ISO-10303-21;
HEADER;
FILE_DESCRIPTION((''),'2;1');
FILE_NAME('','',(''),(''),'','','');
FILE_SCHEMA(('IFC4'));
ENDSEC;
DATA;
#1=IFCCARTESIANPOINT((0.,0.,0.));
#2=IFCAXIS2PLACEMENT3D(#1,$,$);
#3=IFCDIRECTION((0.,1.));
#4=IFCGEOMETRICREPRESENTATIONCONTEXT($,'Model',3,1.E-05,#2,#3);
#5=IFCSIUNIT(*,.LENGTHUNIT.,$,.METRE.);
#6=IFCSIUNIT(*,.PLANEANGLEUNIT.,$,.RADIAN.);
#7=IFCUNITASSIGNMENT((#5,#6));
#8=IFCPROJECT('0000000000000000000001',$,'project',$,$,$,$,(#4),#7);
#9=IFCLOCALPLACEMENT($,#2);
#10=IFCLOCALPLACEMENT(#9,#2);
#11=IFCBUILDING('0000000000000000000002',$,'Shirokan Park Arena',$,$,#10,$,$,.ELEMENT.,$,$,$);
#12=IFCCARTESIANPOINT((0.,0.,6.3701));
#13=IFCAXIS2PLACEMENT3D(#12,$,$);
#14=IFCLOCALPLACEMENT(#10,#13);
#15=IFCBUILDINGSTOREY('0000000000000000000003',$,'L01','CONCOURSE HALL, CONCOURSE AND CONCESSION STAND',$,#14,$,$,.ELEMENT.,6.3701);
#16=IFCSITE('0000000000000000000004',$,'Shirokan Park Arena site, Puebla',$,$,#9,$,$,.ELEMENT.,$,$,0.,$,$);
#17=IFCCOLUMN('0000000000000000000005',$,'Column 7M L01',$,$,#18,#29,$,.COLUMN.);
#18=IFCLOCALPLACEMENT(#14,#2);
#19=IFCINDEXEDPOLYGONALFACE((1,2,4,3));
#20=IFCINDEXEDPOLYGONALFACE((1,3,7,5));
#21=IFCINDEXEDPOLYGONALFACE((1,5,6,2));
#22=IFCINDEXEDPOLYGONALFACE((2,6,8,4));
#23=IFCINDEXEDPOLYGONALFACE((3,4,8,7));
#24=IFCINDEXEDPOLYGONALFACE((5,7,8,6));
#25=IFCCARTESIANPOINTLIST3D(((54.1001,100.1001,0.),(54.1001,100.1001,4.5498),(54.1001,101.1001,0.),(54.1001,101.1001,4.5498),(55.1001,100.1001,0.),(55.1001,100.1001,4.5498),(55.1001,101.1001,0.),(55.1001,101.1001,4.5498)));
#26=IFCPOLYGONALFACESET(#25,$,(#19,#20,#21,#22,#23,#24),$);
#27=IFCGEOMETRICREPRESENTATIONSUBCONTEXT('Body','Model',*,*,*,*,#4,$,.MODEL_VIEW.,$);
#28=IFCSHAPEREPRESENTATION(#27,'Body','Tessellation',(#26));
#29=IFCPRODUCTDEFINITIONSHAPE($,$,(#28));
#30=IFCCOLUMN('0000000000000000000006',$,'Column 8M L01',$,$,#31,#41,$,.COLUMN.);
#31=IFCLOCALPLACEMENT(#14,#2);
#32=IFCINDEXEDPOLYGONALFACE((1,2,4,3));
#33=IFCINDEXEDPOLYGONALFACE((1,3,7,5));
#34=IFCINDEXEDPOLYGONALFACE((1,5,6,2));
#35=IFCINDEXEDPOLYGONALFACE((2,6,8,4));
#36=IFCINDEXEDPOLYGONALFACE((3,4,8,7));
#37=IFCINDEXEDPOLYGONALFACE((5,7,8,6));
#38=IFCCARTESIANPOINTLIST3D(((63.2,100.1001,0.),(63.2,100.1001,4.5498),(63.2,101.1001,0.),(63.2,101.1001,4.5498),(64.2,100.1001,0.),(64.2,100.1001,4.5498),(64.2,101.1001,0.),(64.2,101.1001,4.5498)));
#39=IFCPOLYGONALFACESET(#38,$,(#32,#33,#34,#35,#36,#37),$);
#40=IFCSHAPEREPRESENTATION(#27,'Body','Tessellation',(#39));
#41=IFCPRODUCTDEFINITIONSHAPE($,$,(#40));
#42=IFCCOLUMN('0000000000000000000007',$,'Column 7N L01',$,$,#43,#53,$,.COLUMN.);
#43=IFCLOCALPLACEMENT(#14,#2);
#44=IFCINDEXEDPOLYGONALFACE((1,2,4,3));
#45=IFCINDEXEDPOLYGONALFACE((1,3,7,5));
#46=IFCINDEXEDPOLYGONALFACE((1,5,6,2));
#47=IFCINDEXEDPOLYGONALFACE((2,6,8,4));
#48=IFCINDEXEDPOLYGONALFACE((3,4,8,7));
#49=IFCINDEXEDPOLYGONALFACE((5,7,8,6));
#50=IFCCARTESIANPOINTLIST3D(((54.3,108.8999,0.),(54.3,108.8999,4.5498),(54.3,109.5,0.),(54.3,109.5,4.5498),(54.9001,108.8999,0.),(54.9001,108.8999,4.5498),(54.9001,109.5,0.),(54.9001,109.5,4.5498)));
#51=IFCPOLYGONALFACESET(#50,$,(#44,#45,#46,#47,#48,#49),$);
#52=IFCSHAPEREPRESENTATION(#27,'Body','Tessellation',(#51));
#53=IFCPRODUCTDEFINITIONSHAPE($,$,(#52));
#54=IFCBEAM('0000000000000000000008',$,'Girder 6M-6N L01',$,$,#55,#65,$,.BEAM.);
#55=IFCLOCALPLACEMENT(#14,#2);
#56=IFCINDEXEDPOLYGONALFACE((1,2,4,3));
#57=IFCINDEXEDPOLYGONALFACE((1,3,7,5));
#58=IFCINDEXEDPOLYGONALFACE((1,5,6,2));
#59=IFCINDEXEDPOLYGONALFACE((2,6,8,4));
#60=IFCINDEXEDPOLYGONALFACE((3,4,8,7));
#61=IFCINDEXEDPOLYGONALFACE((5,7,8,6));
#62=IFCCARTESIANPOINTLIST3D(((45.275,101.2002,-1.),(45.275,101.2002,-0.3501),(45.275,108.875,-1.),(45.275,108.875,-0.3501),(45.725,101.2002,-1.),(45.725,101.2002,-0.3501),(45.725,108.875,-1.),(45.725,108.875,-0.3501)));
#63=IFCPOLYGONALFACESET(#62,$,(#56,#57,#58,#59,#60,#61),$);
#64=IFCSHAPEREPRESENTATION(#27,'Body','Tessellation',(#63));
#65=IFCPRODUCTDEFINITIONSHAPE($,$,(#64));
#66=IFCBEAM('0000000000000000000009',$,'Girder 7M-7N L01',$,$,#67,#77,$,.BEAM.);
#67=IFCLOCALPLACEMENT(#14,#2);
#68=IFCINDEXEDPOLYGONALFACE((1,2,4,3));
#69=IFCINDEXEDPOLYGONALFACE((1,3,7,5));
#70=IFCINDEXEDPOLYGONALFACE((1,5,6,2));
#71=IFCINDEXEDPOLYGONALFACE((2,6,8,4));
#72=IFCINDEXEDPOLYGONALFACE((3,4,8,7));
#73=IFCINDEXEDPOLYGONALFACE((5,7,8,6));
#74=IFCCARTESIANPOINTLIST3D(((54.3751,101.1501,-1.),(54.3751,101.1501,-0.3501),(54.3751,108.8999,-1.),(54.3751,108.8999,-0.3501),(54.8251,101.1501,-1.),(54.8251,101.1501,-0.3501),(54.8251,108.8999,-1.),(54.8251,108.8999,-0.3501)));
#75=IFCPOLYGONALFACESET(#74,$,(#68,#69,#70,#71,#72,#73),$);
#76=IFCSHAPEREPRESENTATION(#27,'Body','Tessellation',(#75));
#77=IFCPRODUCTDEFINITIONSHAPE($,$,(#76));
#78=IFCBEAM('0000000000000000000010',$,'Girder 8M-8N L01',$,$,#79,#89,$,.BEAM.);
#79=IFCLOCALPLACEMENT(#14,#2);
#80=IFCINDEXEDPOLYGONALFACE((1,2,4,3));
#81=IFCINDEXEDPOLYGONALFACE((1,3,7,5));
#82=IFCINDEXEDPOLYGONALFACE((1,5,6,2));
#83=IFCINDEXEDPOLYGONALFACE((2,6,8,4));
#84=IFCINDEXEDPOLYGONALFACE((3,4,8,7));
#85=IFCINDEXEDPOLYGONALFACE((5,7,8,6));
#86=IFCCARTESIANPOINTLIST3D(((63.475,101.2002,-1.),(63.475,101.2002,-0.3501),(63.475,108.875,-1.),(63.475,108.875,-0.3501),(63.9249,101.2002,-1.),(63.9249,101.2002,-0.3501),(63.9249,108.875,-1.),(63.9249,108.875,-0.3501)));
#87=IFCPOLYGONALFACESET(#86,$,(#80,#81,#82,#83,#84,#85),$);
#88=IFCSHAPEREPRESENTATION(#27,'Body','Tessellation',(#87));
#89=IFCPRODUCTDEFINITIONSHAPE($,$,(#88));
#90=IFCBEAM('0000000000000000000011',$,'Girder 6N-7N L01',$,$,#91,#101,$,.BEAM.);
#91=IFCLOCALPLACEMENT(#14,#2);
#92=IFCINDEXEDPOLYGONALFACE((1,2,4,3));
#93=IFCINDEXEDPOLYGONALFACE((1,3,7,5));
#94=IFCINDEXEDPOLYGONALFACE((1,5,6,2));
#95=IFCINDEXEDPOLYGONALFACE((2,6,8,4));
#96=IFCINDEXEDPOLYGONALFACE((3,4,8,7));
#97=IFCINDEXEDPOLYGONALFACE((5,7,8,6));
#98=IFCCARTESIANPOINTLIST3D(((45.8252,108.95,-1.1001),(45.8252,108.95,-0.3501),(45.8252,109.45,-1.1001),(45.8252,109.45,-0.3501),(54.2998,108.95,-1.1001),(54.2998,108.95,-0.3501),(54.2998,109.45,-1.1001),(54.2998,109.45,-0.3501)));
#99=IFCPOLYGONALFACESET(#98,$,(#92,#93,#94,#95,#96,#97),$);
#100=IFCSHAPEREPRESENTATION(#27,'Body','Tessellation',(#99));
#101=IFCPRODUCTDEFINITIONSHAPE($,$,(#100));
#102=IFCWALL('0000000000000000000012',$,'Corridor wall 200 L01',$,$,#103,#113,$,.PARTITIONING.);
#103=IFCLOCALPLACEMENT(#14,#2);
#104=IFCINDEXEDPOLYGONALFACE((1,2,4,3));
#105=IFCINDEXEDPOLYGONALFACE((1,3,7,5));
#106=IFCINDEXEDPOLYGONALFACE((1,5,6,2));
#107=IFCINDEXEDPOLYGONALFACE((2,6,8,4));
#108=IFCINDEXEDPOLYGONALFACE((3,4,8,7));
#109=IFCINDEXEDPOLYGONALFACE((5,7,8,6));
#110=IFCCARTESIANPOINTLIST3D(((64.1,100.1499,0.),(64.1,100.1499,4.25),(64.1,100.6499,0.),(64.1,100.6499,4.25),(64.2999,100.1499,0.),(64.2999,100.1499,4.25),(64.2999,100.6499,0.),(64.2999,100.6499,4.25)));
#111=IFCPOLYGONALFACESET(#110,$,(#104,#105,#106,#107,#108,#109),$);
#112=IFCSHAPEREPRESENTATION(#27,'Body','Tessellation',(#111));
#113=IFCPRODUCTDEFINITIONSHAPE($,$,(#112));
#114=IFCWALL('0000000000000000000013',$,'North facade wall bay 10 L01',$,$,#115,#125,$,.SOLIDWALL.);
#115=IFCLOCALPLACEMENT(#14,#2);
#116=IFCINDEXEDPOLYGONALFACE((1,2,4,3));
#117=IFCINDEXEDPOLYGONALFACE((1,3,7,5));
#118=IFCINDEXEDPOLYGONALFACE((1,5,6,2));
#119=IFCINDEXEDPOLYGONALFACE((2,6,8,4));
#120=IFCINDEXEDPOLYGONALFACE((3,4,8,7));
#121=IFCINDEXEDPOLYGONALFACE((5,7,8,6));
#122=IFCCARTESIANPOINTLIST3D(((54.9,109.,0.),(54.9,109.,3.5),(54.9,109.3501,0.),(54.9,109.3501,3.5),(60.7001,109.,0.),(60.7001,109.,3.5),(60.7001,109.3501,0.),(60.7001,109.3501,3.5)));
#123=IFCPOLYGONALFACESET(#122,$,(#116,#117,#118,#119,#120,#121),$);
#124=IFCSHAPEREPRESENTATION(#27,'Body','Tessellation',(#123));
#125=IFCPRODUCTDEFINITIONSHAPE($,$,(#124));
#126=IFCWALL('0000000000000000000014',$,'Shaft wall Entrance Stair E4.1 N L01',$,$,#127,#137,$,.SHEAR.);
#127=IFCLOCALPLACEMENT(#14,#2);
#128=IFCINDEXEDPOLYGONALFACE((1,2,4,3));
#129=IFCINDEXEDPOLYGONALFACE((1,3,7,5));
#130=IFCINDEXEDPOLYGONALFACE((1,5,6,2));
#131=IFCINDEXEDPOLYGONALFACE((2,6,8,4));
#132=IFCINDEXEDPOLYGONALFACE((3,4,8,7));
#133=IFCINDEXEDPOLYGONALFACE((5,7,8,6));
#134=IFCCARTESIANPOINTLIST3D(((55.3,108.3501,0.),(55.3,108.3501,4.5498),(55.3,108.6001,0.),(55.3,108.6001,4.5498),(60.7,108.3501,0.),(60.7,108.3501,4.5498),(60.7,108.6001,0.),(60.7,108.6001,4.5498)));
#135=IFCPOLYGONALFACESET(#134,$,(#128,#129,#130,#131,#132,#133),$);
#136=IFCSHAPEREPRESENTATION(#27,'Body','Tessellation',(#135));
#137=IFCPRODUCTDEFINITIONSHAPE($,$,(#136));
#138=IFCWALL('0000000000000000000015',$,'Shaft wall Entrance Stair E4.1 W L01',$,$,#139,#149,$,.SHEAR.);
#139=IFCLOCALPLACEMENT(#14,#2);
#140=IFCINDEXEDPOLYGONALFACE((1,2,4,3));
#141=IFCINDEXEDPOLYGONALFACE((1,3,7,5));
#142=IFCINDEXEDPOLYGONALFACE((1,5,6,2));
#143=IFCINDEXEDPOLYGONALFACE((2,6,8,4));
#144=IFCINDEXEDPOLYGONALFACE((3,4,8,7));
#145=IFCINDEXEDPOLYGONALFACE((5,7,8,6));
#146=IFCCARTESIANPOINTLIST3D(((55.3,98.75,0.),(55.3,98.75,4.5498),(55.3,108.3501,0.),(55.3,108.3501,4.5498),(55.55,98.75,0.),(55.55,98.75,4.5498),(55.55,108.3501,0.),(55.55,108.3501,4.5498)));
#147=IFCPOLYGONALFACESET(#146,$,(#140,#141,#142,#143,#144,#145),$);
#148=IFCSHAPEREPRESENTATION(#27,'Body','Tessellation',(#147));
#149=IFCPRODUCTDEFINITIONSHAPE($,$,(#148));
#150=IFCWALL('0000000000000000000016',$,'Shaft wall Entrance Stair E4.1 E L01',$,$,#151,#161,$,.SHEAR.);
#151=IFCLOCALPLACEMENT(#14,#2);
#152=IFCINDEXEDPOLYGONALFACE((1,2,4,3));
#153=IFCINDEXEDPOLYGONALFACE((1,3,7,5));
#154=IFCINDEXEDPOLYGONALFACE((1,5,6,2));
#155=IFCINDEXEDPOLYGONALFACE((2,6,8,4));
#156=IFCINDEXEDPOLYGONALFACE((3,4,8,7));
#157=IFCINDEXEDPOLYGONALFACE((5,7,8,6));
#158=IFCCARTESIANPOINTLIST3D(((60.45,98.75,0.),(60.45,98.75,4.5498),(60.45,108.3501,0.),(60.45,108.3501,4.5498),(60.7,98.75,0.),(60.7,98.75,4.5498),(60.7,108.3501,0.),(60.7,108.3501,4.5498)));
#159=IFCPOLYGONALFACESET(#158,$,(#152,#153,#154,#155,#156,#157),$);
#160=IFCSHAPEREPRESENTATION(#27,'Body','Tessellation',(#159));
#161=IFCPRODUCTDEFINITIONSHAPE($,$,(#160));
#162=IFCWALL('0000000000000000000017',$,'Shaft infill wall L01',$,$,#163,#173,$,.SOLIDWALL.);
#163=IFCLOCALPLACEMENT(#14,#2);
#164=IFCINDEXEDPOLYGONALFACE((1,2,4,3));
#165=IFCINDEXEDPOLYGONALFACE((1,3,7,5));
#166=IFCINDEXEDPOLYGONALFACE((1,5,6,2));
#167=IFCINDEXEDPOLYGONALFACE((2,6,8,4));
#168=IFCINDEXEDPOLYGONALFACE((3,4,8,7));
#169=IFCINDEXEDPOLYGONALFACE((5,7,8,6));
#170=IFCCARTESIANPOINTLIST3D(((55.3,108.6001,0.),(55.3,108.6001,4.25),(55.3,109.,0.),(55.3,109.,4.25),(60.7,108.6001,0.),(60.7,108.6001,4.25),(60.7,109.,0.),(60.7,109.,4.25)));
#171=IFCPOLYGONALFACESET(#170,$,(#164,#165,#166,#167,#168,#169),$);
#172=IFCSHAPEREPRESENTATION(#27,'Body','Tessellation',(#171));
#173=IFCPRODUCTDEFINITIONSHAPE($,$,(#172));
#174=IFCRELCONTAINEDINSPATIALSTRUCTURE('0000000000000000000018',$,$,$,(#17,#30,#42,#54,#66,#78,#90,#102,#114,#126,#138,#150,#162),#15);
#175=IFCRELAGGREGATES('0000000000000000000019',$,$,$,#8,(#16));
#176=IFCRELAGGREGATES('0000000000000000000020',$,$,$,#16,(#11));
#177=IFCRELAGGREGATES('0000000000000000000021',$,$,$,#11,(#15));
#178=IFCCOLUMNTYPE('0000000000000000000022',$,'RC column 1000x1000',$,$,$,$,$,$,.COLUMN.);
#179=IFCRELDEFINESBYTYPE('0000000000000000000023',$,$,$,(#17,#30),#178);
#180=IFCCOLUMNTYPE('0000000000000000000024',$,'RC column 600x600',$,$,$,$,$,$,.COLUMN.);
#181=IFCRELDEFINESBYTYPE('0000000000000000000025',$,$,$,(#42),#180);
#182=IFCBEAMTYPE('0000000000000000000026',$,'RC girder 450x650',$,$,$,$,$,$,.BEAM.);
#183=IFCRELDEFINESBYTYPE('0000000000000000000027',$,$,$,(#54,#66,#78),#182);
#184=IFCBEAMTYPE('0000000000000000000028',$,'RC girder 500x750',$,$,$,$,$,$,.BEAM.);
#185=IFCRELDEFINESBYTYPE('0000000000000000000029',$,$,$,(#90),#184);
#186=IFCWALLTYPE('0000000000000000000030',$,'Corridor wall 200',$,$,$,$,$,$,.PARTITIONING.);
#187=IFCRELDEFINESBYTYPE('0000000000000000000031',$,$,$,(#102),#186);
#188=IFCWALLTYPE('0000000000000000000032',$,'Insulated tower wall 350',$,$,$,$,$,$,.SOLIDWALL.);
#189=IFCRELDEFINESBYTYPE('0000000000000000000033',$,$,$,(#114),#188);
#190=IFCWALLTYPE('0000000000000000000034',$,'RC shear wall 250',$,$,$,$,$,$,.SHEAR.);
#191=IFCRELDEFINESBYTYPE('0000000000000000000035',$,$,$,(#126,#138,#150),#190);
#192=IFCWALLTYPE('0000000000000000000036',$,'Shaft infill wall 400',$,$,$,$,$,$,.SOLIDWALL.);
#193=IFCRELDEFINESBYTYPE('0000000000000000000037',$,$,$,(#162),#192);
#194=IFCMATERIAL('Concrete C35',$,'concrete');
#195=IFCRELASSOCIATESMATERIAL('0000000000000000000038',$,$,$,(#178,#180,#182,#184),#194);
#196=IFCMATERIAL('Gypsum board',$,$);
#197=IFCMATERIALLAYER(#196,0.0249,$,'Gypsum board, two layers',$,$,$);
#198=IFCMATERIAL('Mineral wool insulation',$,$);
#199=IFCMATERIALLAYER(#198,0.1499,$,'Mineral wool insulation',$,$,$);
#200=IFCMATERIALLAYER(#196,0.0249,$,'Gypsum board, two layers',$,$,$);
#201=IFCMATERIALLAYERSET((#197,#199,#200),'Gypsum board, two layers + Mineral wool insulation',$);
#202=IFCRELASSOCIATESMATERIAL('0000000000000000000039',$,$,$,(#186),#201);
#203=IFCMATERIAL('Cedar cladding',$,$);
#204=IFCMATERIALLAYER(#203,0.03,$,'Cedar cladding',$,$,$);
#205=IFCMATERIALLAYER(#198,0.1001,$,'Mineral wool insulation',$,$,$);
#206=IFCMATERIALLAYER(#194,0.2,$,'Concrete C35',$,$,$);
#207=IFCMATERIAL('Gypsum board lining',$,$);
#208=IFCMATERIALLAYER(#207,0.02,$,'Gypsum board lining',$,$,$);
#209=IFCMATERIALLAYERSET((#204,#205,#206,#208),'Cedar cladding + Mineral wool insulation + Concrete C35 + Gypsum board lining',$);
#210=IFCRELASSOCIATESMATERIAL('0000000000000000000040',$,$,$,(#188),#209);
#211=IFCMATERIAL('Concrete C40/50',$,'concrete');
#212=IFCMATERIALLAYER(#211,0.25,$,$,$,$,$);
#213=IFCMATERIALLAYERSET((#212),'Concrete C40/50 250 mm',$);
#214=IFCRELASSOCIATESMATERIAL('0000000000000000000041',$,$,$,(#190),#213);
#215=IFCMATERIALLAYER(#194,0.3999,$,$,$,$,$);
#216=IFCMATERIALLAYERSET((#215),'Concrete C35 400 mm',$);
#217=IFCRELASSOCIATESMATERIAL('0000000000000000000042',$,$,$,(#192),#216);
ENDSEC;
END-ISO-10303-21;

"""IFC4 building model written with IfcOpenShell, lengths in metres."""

from ifc_helpers import new_model, si_unit, direction, frame, frame_2d, origin, origin_2d, place, context, subcontext, project, spatial, rectangle, extrude, material, layer, layer_set, material_profile, profile_set, type_object, element, save


model = new_model("IFC4")

# Units and contexts
model_context = context("Model", 3, precision=1e-05, world=origin(), true_north=direction((0.0, 1.0)))
body_context = subcontext(model_context, "Body", "Model", "MODEL_VIEW")
ifc_project = project(units=[si_unit("LENGTHUNIT", "METRE"), si_unit("PLANEANGLEUNIT", "RADIAN")], contexts=[model_context])

# Site, building, storey
site_placement = place(None, origin())
site = spatial("IfcSite", under=ifc_project, at=site_placement, Name="Shirokan Park Arena site, Puebla", CompositionType="ELEMENT", RefElevation=0.0)
building_placement = place(site_placement, origin())
building = spatial("IfcBuilding", under=site, at=building_placement, Name="Shirokan Park Arena", CompositionType="ELEMENT")
storey_placement = place(building_placement, frame((0.0, 0.0, 6.3701)))
storey = spatial("IfcBuildingStorey", under=building, at=storey_placement, Name="L01", Description="CONCOURSE HALL, CONCOURSE AND CONCESSION STAND", CompositionType="ELEMENT", Elevation=6.3701)

# Columns
ifc_material_1 = material(Name="Concrete C35", Category="concrete")
ifc_material_profile_1 = material_profile(ifc_material_1, rectangle(XDim=1.0, YDim=1.0, at=origin_2d()), Name="1000x1000")
ifc_profile_set_1 = profile_set([ifc_material_profile_1], Name="Concrete C35")
column_type_1 = type_object("IfcColumnType", Name="RC column 1000x1000", PredefinedType="COLUMN", material=ifc_profile_set_1)
for number, where, z_axis, x_axis, name in (
    (1, (54.6001, 100.6001, 0.0), (0.0, 0.0, 1.0), (1.0, 0.0, 0.0), "Column 7M L01"),
    (2, (63.7, 100.6001, 0.0), (0.0, 0.0, 1.0), (1.0, 0.0, 0.0), "Column 8M L01"),
):
    element("IfcColumn", number, at=place(storey_placement, frame(where, z_axis=z_axis, x_axis=x_axis)), inside=storey, type_object=column_type_1, Name=name, PredefinedType="COLUMN", context=body_context, shape_type="SweptSolid", body=[
        extrude(rectangle(XDim=1.0, YDim=1.0, at=origin_2d()), origin(), (0.0, 0.0, 1.0), 4.5498),
    ])
ifc_material_profile_2 = material_profile(ifc_material_1, rectangle(XDim=0.6001, YDim=0.6001, at=origin_2d()), Name="600x600")
ifc_profile_set_2 = profile_set([ifc_material_profile_2], Name="Concrete C35")
column_type_2 = type_object("IfcColumnType", Name="RC column 600x600", PredefinedType="COLUMN", material=ifc_profile_set_2)
column_placement = place(storey_placement, frame((54.6001, 109.2, 0.0), z_axis=(0.0, 0.0, 1.0), x_axis=(1.0, 0.0, 0.0)))
element("IfcColumn", 3, at=column_placement, inside=storey, type_object=column_type_2, Name="Column 7N L01", PredefinedType="COLUMN", context=body_context, shape_type="SweptSolid", body=[
    extrude(rectangle(XDim=0.6001, YDim=0.6001, at=origin_2d()), origin(), (0.0, 0.0, 1.0), 4.5498),
])

# Beams
ifc_material_profile_3 = material_profile(ifc_material_1, rectangle(XDim=0.45, YDim=0.6499, at=origin_2d()), Name="450x650")
ifc_profile_set_3 = profile_set([ifc_material_profile_3], Name="Concrete C35")
beam_type_1 = type_object("IfcBeamType", Name="RC girder 450x650", PredefinedType="BEAM", material=ifc_profile_set_3)
beam_1_placement = place(storey_placement, frame((45.5, 101.2002, -0.675), z_axis=(0.0, 1.0, 0.0), x_axis=(-1.0, 0.0, 0.0)))
element("IfcBeam", 4, at=beam_1_placement, inside=storey, type_object=beam_type_1, Name="Girder 6M-6N L01", PredefinedType="BEAM", context=body_context, shape_type="SweptSolid", body=[
    extrude(rectangle(XDim=0.45, YDim=0.6499, at=origin_2d()), origin(), (0.0, 0.0, 1.0), 7.6748),
])
beam_2_placement = place(storey_placement, frame((54.6001, 101.1501, -0.675), z_axis=(0.0, 1.0, 0.0), x_axis=(-1.0, 0.0, 0.0)))
element("IfcBeam", 5, at=beam_2_placement, inside=storey, type_object=beam_type_1, Name="Girder 7M-7N L01", PredefinedType="BEAM", context=body_context, shape_type="SweptSolid", body=[
    extrude(rectangle(XDim=0.45, YDim=0.6499, at=origin_2d()), origin(), (0.0, 0.0, 1.0), 7.7498),
])
beam_3_placement = place(storey_placement, frame((63.7, 101.2002, -0.675), z_axis=(0.0, 1.0, 0.0), x_axis=(-1.0, 0.0, 0.0)))
element("IfcBeam", 6, at=beam_3_placement, inside=storey, type_object=beam_type_1, Name="Girder 8M-8N L01", PredefinedType="BEAM", context=body_context, shape_type="SweptSolid", body=[
    extrude(rectangle(XDim=0.45, YDim=0.6499, at=origin_2d()), origin(), (0.0, 0.0, 1.0), 7.6748),
])
ifc_material_profile_4 = material_profile(ifc_material_1, rectangle(XDim=0.5, YDim=0.75, at=origin_2d()), Name="500x750")
ifc_profile_set_4 = profile_set([ifc_material_profile_4], Name="Concrete C35")
beam_type_2 = type_object("IfcBeamType", Name="RC girder 500x750", PredefinedType="BEAM", material=ifc_profile_set_4)
beam_4_placement = place(storey_placement, frame((45.8252, 109.2, -0.7251), z_axis=(1.0, 0.0, 0.0), x_axis=(0.0, 1.0, 0.0)))
element("IfcBeam", 7, at=beam_4_placement, inside=storey, type_object=beam_type_2, Name="Girder 6N-7N L01", PredefinedType="BEAM", context=body_context, shape_type="SweptSolid", body=[
    extrude(rectangle(XDim=0.5, YDim=0.75, at=origin_2d()), origin(), (0.0, 0.0, 1.0), 8.4746),
])

# Walls
ifc_material_2 = material(Name="Gypsum board")
ifc_layer_1 = layer(ifc_material_2, 0.0249, Name="Gypsum board, two layers")
ifc_material_3 = material(Name="Mineral wool insulation")
ifc_layer_2 = layer(ifc_material_3, 0.1499, Name="Mineral wool insulation")
ifc_layer_3 = layer(ifc_material_2, 0.0249, Name="Gypsum board, two layers")
ifc_layer_set_1 = layer_set([ifc_layer_1, ifc_layer_2, ifc_layer_3], Name="Gypsum board, two layers + Mineral wool insulation")
wall_type_1 = type_object("IfcWallType", Name="Corridor wall 200", PredefinedType="PARTITIONING", material=ifc_layer_set_1)
wall_1_placement = place(storey_placement, frame((64.2, 100.6499, 0.0), z_axis=(0.0, 0.0, 1.0), x_axis=(0.0, -1.0, 0.0)))
element("IfcWall", 8, at=wall_1_placement, inside=storey, type_object=wall_type_1, Name="Corridor wall 200 L01", PredefinedType="PARTITIONING", context=body_context, shape_type="SweptSolid", body=[
    extrude(rectangle(XDim=0.5, YDim=0.2, at=frame_2d((0.25, 0.0))), origin(), (0.0, 0.0, 1.0), 4.25),
])
ifc_material_4 = material(Name="Cedar cladding")
ifc_layer_4 = layer(ifc_material_4, 0.03, Name="Cedar cladding")
ifc_layer_5 = layer(ifc_material_3, 0.1001, Name="Mineral wool insulation")
ifc_layer_6 = layer(ifc_material_1, 0.2, Name="Concrete C35")
ifc_material_5 = material(Name="Gypsum board lining")
ifc_layer_7 = layer(ifc_material_5, 0.02, Name="Gypsum board lining")
ifc_layer_set_2 = layer_set([ifc_layer_4, ifc_layer_5, ifc_layer_6, ifc_layer_7], Name="Cedar cladding + Mineral wool insulation + Concrete C35 + Gypsum board lining")
wall_type_2 = type_object("IfcWallType", Name="Insulated tower wall 350", PredefinedType="SOLIDWALL", material=ifc_layer_set_2)
wall_2_placement = place(storey_placement, frame((60.7, 109.175, 0.0), z_axis=(0.0, 0.0, 1.0), x_axis=(-1.0, 0.0, 0.0)))
element("IfcWall", 9, at=wall_2_placement, inside=storey, type_object=wall_type_2, Name="North facade wall bay 10 L01", PredefinedType="SOLIDWALL", context=body_context, shape_type="SweptSolid", body=[
    extrude(rectangle(XDim=5.8, YDim=0.3501, at=frame_2d((2.8999, 0.0))), origin(), (0.0, 0.0, 1.0), 3.5),
])
ifc_material_6 = material(Name="Concrete C40/50", Category="concrete")
ifc_layer_8 = layer(ifc_material_6, 0.25)
ifc_layer_set_3 = layer_set([ifc_layer_8], Name="Concrete C40/50 250 mm")
wall_type_3 = type_object("IfcWallType", Name="RC shear wall 250", PredefinedType="SHEAR", material=ifc_layer_set_3)
wall_3_placement = place(storey_placement, frame((60.7, 108.4751, 0.0), z_axis=(0.0, 0.0, 1.0), x_axis=(-1.0, 0.0, 0.0)))
element("IfcWall", 10, at=wall_3_placement, inside=storey, type_object=wall_type_3, Name="Shaft wall Entrance Stair E4.1 N L01", PredefinedType="SHEAR", context=body_context, shape_type="SweptSolid", body=[
    extrude(rectangle(XDim=5.3999, YDim=0.25, at=frame_2d((2.7, 0.0))), origin(), (0.0, 0.0, 1.0), 4.5498),
])
for number, where, z_axis, x_axis, name in (
    (11, (55.425, 108.3501, 0.0), (0.0, 0.0, 1.0), (0.0, -1.0, 0.0), "Shaft wall Entrance Stair E4.1 W L01"),
    (12, (60.575, 108.3501, 0.0), (0.0, 0.0, 1.0), (0.0, -1.0, 0.0), "Shaft wall Entrance Stair E4.1 E L01"),
):
    element("IfcWall", number, at=place(storey_placement, frame(where, z_axis=z_axis, x_axis=x_axis)), inside=storey, type_object=wall_type_3, Name=name, PredefinedType="SHEAR", context=body_context, shape_type="SweptSolid", body=[
        extrude(rectangle(XDim=9.6001, YDim=0.25, at=frame_2d((4.8, 0.0))), origin(), (0.0, 0.0, 1.0), 4.5498),
    ])
ifc_layer_9 = layer(ifc_material_1, 0.3999)
ifc_layer_set_4 = layer_set([ifc_layer_9], Name="Concrete C35 400 mm")
wall_type_4 = type_object("IfcWallType", Name="Shaft infill wall 400", PredefinedType="SOLIDWALL", material=ifc_layer_set_4)
wall_4_placement = place(storey_placement, frame((55.3, 108.8, 0.0), z_axis=(0.0, 0.0, 1.0), x_axis=(1.0, 0.0, 0.0)))
element("IfcWall", 13, at=wall_4_placement, inside=storey, type_object=wall_type_4, Name="Shaft infill wall L01", PredefinedType="SOLIDWALL", context=body_context, shape_type="SweptSolid", body=[
    extrude(rectangle(XDim=5.3999, YDim=0.3999, at=frame_2d((2.7, 0.0))), origin(), (0.0, 0.0, 1.0), 4.25),
])

save(model, "model.ifc")
